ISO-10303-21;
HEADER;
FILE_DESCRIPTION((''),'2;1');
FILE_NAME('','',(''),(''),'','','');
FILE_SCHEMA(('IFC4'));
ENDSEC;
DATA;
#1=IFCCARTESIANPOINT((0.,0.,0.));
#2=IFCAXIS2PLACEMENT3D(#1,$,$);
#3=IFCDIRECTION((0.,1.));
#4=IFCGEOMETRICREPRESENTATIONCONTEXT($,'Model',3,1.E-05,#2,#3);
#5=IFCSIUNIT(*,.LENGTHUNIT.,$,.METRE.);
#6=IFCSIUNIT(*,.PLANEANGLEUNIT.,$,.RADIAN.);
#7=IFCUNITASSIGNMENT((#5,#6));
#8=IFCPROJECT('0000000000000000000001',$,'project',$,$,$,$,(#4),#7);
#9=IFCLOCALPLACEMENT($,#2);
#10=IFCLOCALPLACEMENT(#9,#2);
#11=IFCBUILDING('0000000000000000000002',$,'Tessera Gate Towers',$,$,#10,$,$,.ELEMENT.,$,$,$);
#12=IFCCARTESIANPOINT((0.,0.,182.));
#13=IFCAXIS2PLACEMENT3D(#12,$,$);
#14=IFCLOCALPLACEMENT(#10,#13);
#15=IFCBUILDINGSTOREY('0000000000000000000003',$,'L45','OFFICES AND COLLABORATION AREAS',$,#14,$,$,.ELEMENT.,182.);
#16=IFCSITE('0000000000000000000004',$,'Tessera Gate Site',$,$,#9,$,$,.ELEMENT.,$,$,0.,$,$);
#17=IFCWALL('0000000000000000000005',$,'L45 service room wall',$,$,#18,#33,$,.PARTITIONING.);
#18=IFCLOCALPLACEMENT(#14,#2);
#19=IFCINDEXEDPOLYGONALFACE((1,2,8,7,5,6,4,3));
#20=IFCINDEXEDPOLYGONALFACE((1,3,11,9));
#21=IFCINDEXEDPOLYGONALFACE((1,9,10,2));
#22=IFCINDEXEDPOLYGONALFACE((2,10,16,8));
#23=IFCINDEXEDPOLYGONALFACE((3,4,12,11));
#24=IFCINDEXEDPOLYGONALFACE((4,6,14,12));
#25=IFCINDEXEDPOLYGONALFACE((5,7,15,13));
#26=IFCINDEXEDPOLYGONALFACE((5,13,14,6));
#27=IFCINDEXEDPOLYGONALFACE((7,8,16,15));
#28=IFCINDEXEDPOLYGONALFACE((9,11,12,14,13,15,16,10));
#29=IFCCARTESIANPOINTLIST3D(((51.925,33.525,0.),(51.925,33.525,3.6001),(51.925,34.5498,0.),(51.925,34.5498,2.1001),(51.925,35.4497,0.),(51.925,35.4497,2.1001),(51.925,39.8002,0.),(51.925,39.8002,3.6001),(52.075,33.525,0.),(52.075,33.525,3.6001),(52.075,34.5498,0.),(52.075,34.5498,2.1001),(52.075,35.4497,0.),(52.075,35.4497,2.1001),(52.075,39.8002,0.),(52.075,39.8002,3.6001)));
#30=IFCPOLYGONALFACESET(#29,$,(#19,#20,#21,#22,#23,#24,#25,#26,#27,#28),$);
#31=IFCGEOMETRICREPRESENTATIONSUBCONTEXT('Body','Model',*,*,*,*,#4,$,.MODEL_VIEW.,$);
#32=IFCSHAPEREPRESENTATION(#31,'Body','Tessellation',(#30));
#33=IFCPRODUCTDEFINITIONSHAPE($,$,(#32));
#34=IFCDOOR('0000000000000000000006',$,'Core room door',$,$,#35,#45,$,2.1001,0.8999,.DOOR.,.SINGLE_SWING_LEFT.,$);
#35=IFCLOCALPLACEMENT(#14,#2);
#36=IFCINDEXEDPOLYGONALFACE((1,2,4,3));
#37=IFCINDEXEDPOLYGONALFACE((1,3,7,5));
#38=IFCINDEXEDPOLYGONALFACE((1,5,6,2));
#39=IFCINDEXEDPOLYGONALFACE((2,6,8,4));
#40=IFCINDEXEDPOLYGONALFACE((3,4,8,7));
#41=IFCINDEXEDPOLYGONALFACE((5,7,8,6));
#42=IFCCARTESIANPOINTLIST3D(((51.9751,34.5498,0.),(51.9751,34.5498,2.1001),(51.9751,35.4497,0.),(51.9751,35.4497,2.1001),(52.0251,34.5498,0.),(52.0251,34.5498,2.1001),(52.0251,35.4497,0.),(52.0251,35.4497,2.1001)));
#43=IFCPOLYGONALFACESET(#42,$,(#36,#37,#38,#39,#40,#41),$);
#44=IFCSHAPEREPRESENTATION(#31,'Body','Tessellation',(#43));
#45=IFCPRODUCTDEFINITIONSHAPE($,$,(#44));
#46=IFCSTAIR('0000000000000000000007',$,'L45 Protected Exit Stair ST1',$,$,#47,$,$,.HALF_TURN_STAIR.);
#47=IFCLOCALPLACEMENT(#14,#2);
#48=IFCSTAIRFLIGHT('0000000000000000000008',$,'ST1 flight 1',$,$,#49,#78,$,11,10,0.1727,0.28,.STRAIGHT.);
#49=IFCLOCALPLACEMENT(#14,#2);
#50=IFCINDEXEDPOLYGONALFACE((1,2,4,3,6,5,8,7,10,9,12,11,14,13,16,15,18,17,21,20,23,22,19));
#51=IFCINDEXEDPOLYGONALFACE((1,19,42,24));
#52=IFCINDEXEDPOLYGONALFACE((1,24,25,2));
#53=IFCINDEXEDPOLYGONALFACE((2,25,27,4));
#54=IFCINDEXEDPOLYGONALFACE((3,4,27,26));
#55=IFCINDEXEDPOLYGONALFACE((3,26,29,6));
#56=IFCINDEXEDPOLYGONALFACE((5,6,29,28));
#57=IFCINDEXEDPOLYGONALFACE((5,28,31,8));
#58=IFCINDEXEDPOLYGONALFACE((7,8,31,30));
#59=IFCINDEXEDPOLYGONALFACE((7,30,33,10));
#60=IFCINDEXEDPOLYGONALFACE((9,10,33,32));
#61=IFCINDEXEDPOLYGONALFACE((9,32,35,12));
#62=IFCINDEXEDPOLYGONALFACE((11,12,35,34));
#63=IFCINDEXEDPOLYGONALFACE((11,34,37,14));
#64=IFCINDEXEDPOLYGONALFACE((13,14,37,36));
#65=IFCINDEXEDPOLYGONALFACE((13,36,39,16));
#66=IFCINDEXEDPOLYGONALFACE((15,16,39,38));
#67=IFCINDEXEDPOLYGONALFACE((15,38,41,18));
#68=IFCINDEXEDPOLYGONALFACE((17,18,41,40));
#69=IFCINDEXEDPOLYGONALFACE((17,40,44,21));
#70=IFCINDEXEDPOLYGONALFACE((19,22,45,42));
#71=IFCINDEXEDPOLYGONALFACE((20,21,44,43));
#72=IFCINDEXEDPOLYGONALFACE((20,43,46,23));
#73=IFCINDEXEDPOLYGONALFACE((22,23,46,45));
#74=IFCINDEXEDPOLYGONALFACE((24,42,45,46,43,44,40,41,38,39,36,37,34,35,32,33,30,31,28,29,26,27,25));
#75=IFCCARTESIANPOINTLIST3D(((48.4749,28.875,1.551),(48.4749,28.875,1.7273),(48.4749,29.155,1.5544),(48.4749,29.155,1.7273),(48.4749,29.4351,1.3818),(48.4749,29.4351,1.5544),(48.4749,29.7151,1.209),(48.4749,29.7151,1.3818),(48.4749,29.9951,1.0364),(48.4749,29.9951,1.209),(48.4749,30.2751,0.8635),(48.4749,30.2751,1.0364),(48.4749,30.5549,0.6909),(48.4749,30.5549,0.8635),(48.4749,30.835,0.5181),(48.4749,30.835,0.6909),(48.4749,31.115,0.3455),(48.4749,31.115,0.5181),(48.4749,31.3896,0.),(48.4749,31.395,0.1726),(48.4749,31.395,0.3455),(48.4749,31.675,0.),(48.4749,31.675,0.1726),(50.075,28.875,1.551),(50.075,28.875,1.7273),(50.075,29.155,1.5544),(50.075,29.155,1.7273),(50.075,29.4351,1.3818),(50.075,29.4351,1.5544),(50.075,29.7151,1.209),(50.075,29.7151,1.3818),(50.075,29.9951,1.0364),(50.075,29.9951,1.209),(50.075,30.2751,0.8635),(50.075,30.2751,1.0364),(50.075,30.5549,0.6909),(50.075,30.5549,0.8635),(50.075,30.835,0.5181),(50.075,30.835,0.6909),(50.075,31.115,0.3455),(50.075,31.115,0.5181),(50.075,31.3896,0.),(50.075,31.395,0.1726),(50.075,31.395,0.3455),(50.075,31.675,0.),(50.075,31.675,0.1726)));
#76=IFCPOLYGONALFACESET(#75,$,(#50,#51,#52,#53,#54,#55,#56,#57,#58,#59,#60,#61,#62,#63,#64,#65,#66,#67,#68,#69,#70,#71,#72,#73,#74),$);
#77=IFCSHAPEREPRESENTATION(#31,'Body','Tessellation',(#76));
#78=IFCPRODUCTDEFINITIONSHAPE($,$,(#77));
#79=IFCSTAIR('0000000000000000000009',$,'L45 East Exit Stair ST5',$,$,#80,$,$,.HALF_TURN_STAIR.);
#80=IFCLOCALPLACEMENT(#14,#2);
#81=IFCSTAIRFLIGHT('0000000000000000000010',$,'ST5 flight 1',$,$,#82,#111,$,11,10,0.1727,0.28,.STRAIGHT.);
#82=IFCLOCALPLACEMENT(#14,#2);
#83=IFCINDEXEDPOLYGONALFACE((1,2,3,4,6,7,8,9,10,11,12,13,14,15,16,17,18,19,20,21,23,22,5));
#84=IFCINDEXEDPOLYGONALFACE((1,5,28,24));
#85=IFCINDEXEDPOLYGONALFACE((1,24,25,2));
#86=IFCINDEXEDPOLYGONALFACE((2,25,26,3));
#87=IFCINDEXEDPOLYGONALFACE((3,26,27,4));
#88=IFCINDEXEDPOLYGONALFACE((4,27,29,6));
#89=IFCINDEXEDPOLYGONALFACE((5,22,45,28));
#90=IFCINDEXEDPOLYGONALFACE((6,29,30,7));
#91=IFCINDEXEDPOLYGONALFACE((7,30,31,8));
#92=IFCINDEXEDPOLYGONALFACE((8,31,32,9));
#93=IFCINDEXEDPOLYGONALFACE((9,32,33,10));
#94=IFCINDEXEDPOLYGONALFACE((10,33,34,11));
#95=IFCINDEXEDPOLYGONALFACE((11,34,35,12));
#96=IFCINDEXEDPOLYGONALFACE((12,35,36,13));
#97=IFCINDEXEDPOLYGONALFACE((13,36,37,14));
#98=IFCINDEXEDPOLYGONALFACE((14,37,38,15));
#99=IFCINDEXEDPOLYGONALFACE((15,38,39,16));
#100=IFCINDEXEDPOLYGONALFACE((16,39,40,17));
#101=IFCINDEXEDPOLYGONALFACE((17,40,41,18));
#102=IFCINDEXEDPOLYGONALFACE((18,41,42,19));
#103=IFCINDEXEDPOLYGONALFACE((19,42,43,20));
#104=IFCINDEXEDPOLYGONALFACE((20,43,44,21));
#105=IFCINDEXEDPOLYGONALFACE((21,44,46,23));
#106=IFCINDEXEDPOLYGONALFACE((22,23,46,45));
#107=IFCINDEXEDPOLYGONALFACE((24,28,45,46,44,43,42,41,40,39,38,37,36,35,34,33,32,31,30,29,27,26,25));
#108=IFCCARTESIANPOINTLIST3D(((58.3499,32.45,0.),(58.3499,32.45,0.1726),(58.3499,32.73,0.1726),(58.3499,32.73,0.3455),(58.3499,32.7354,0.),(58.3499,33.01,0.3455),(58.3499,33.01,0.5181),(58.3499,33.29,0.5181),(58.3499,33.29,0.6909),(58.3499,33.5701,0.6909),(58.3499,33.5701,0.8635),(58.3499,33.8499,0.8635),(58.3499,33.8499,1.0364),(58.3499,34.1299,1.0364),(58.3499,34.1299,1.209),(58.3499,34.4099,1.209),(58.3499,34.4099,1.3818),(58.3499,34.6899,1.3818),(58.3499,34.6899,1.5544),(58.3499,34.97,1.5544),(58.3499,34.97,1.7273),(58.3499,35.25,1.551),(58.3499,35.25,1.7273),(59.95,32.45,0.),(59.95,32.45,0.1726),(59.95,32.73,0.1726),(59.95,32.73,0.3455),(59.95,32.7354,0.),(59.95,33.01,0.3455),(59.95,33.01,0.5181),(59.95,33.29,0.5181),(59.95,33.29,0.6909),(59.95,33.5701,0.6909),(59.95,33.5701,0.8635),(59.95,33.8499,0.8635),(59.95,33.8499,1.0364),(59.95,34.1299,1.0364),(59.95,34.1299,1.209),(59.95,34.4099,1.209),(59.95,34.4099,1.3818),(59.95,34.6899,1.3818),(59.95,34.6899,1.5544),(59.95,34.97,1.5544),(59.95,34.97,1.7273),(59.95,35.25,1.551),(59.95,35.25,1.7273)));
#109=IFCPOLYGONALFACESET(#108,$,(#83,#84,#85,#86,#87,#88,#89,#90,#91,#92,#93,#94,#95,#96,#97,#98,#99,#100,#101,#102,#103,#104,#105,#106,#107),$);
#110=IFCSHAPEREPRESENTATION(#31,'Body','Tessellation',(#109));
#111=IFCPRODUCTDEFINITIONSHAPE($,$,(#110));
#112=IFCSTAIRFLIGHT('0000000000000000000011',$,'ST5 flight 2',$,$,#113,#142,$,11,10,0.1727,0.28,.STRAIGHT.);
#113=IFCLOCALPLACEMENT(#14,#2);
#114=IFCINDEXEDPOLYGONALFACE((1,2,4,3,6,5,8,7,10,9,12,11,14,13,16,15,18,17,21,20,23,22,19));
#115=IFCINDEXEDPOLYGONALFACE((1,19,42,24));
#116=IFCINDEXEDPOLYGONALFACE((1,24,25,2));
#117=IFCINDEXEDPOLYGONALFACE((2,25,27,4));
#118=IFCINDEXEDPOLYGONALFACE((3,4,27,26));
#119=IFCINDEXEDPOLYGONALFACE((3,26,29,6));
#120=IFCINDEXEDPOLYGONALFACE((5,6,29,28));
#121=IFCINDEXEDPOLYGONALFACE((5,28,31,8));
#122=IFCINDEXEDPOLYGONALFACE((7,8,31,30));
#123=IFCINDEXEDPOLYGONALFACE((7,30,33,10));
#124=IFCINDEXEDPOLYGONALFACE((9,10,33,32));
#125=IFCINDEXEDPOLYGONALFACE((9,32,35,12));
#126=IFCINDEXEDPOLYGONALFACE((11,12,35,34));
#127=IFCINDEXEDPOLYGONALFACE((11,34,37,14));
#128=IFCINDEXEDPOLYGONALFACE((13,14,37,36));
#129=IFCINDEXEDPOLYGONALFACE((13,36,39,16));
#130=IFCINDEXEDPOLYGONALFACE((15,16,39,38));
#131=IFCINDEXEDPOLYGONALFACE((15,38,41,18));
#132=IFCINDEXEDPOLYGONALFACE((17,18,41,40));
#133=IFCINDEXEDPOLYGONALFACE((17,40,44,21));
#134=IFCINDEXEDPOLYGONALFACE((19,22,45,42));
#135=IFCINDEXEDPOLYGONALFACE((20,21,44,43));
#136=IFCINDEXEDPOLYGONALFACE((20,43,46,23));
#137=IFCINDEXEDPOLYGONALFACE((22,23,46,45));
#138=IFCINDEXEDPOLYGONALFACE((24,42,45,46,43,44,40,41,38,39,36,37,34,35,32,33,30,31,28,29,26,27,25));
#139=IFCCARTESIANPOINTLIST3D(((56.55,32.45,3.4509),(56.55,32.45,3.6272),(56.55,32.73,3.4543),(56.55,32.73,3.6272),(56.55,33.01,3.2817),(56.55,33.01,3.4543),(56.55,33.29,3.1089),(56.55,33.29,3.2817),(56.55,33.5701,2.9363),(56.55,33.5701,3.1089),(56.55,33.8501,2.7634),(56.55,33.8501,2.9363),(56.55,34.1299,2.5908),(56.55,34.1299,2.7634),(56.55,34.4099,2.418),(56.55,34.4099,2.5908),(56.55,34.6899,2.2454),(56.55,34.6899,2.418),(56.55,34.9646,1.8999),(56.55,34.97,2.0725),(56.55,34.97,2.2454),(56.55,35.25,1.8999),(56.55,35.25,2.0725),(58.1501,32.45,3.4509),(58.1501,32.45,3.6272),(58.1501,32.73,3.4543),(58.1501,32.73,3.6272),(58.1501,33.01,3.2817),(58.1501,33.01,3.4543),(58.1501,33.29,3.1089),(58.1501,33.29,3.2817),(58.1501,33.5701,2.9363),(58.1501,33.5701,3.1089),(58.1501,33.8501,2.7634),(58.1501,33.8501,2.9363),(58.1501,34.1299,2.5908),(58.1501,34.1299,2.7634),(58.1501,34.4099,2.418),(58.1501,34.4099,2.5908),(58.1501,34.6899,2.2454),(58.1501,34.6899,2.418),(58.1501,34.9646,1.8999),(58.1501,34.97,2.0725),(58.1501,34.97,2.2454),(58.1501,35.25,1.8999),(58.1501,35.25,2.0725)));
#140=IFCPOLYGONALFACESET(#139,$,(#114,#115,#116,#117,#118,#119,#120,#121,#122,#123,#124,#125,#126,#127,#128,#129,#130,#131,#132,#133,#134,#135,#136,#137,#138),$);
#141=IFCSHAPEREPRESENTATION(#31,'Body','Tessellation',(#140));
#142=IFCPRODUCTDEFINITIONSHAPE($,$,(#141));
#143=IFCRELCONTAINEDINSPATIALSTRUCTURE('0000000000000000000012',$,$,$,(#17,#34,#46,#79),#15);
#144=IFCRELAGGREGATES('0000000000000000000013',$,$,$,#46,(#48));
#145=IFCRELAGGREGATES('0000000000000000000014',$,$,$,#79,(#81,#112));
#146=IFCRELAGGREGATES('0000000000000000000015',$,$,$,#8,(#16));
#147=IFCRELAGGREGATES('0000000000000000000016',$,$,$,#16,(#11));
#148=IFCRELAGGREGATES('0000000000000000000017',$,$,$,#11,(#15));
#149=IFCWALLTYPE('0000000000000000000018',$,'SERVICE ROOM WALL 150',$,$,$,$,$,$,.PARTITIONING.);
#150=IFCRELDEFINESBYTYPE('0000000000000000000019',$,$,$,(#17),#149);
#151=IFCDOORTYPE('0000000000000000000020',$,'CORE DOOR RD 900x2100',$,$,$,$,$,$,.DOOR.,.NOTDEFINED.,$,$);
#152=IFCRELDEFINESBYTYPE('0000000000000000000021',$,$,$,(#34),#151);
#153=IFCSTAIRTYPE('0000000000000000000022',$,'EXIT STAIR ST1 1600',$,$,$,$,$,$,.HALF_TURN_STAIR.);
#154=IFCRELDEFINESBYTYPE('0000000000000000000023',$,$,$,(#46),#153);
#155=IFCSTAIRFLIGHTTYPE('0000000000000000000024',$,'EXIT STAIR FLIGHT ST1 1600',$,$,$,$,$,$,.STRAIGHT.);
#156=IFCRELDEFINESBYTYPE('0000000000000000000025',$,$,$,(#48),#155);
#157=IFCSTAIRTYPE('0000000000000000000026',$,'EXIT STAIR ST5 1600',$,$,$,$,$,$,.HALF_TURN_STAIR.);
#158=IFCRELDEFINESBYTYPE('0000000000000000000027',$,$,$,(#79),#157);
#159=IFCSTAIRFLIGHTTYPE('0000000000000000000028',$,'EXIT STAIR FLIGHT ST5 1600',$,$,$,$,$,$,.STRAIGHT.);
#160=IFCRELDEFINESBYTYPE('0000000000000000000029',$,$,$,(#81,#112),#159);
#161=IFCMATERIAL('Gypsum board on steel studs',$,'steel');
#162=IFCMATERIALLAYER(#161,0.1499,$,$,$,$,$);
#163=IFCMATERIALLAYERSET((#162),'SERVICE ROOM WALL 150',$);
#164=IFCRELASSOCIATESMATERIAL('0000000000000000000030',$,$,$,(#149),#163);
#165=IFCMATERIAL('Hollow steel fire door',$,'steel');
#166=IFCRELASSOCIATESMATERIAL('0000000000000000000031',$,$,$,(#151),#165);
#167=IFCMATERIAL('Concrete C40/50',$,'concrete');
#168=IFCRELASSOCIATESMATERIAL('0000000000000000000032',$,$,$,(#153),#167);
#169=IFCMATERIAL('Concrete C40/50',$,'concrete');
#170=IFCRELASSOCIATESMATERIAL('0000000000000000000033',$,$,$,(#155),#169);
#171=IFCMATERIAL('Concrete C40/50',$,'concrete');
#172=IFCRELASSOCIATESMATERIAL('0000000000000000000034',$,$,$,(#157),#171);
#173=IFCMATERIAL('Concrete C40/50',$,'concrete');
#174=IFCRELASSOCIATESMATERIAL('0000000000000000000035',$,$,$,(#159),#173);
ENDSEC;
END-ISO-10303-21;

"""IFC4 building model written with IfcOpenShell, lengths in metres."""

from ifc_helpers import new_model, si_unit, direction, frame, frame_2d, origin, place, context, subcontext, project, spatial, polyline, rectangle, outline, extrude, source, transform, mapped, material, layer, layer_set, type_object, element, fill, aggregate, save


model = new_model("IFC4")

# Units and contexts
model_context = context("Model", 3, precision=1e-05, world=origin(), true_north=direction((0.0, 1.0)))
body_context = subcontext(model_context, "Body", "Model", "MODEL_VIEW")
ifc_project = project(units=[si_unit("LENGTHUNIT", "METRE"), si_unit("PLANEANGLEUNIT", "RADIAN")], contexts=[model_context])

# Site, building, storey
site_placement = place(None, origin())
site = spatial("IfcSite", under=ifc_project, at=site_placement, Name="Tessera Gate Site", CompositionType="ELEMENT", RefElevation=0.0)
building_placement = place(site_placement, origin())
building = spatial("IfcBuilding", under=site, at=building_placement, Name="Tessera Gate Towers", CompositionType="ELEMENT")
storey_placement = place(building_placement, frame((0.0, 0.0, 182.0)))
storey = spatial("IfcBuildingStorey", under=building, at=storey_placement, Name="L45", Description="OFFICES AND COLLABORATION AREAS", CompositionType="ELEMENT", Elevation=182.0)

# Wall, opening, door
shared_shape_1 = source(origin(), body_context, "Body", "SweptSolid", [
    extrude(rectangle(XDim=0.8999, YDim=2.1001, at=frame_2d((0.45, 1.05))), frame((0.0, 0.085, 0.0), z_axis=(0.0, -1.0, 0.0), x_axis=(1.0, 0.0, 0.0)), (0.0, 0.0, 1.0), 0.1699),
])
shared_shape_2 = source(origin(), body_context, "Body", "SweptSolid", [
    extrude(rectangle(XDim=0.8999, YDim=2.1001, at=frame_2d((0.45, 1.05))), frame((0.0, 0.0249, 0.0), z_axis=(0.0, -1.0, 0.0), x_axis=(1.0, 0.0, 0.0)), (0.0, 0.0, 1.0), 0.05),
])
ifc_material_1 = material(Name="Gypsum board on steel studs", Category="steel")
ifc_layer_1 = layer(ifc_material_1, 0.1499)
ifc_layer_set_1 = layer_set([ifc_layer_1], Name="SERVICE ROOM WALL 150")
wall_type_1 = type_object("IfcWallType", Name="SERVICE ROOM WALL 150", PredefinedType="PARTITIONING", material=ifc_layer_set_1)
wall_1_placement = place(storey_placement, frame((52.0, 33.5249, 0.0), z_axis=(0.0, 0.0, 1.0), x_axis=(0.0, 1.0, 0.0)))
wall_1 = element("IfcWall", 1, at=wall_1_placement, inside=storey, type_object=wall_type_1, Name="L45 service room wall", PredefinedType="PARTITIONING", context=body_context, shape_type="SweptSolid", body=[
    extrude(rectangle(XDim=6.2751, YDim=0.1499, at=frame_2d((3.1377, 0.0))), origin(), (0.0, 0.0, 1.0), 3.6001),
])
opening_1_placement = place(wall_1_placement, frame((1.0249, 0.0, 0.0)))
opening_1 = element("IfcOpeningElement", 2, at=opening_1_placement, cuts=wall_1, PredefinedType="OPENING", context=body_context, shape_type="MappedRepresentation", body=[
    mapped(shared_shape_1, transform((0.0, 0.0, 0.0), scale=1.0)),
])
ifc_material_2 = material(Name="Hollow steel fire door", Category="steel")
door_type_1 = type_object("IfcDoorType", Name="CORE DOOR RD 900x2100", OperationType="NOTDEFINED", PredefinedType="DOOR", material=ifc_material_2)
door_1_placement = place(opening_1_placement, origin())
door_1 = element("IfcDoor", 3, at=door_1_placement, inside=storey, type_object=door_type_1, Name="Core room door", OperationType="SINGLE_SWING_LEFT", OverallHeight=2.1001, OverallWidth=0.8999, PredefinedType="DOOR", context=body_context, shape_type="MappedRepresentation", body=[
    mapped(shared_shape_2, transform((0.0, 0.0, 0.0), scale=1.0)),
])
fill(opening_1, door_1)

# Stair, stair flight
ifc_material_3 = material(Name="Concrete C40/50", Category="concrete")
stair_type_1 = type_object("IfcStairType", Name="EXIT STAIR ST1 1600", PredefinedType="HALF_TURN_STAIR", material=ifc_material_3)
stair_1_placement = place(storey_placement, origin())
stair_1 = element("IfcStair", 4, at=stair_1_placement, inside=storey, type_object=stair_type_1, Name="L45 Protected Exit Stair ST1", PredefinedType="HALF_TURN_STAIR")
ifc_material_4 = material(Name="Concrete C40/50", Category="concrete")
stair_flight_type_1 = type_object("IfcStairFlightType", Name="EXIT STAIR FLIGHT ST1 1600", PredefinedType="STRAIGHT", material=ifc_material_4)
stair_flight_1_placement = place(storey_placement, frame((49.2749, 31.675, 0.0), z_axis=(0.0, 0.0, 1.0), x_axis=(0.0, -1.0, 0.0)))
stair_flight_1 = element("IfcStairFlight", 5, at=stair_flight_1_placement, type_object=stair_flight_type_1, Name="ST1 flight 1", NumberOfRisers=11, NumberOfTreads=10, PredefinedType="STRAIGHT", RiserHeight=0.1727, TreadLength=0.28, context=body_context, shape_type="SweptSolid", body=[
    extrude(outline(polyline([(0.0, 0.0), (0.0, 0.1726), (0.28, 0.1726), (0.28, 0.3455), (0.5601, 0.3455), (0.5601, 0.5181), (0.8401, 0.5181), (0.8401, 0.6909), (1.1201, 0.6909), (1.1201, 0.8635), (1.3999, 0.8635), (1.3999, 1.0364), (1.6799, 1.0364), (1.6799, 1.209), (1.96, 1.209), (1.96, 1.3818), (2.24, 1.3818), (2.24, 1.5544), (2.52, 1.5544), (2.52, 1.7273), (2.8, 1.7273), (2.8, 1.8999), (2.8, 1.551), (0.2854, 0.0), (0.0, 0.0)])), frame((0.0, 0.8, 0.0), z_axis=(0.0, -1.0, 0.0), x_axis=(1.0, 0.0, 0.0)), (0.0, 0.0, 1.0), 1.6001),
])
aggregate(stair_1, [stair_flight_1])

# Stair, stair flights
ifc_material_5 = material(Name="Concrete C40/50", Category="concrete")
stair_type_2 = type_object("IfcStairType", Name="EXIT STAIR ST5 1600", PredefinedType="HALF_TURN_STAIR", material=ifc_material_5)
stair_2_placement = place(storey_placement, origin())
stair_2 = element("IfcStair", 6, at=stair_2_placement, inside=storey, type_object=stair_type_2, Name="L45 East Exit Stair ST5", PredefinedType="HALF_TURN_STAIR")
ifc_material_6 = material(Name="Concrete C40/50", Category="concrete")
stair_flight_type_2 = type_object("IfcStairFlightType", Name="EXIT STAIR FLIGHT ST5 1600", PredefinedType="STRAIGHT", material=ifc_material_6)
stair_flight_2_placement = place(storey_placement, frame((59.1499, 32.45, 0.0), z_axis=(0.0, 0.0, 1.0), x_axis=(0.0, 1.0, 0.0)))
stair_flight_2 = element("IfcStairFlight", 7, at=stair_flight_2_placement, type_object=stair_flight_type_2, Name="ST5 flight 1", NumberOfRisers=11, NumberOfTreads=10, PredefinedType="STRAIGHT", RiserHeight=0.1727, TreadLength=0.28, context=body_context, shape_type="SweptSolid", body=[
    extrude(outline(polyline([(0.0, 0.0), (0.0, 0.1726), (0.28, 0.1726), (0.28, 0.3455), (0.5601, 0.3455), (0.5601, 0.5181), (0.8401, 0.5181), (0.8401, 0.6909), (1.1201, 0.6909), (1.1201, 0.8635), (1.3999, 0.8635), (1.3999, 1.0364), (1.6799, 1.0364), (1.6799, 1.209), (1.96, 1.209), (1.96, 1.3818), (2.24, 1.3818), (2.24, 1.5544), (2.52, 1.5544), (2.52, 1.7273), (2.8, 1.7273), (2.8, 1.8999), (2.8, 1.551), (0.2854, 0.0), (0.0, 0.0)])), frame((0.0, 0.8, 0.0), z_axis=(0.0, -1.0, 0.0), x_axis=(1.0, 0.0, 0.0)), (0.0, 0.0, 1.0), 1.6001),
])
stair_flight_3_placement = place(storey_placement, frame((57.3501, 35.25, 1.8999), z_axis=(0.0, 0.0, 1.0), x_axis=(0.0, -1.0, 0.0)))
stair_flight_3 = element("IfcStairFlight", 8, at=stair_flight_3_placement, type_object=stair_flight_type_2, Name="ST5 flight 2", NumberOfRisers=11, NumberOfTreads=10, PredefinedType="STRAIGHT", RiserHeight=0.1727, TreadLength=0.28, context=body_context, shape_type="SweptSolid", body=[
    extrude(outline(polyline([(0.0, 0.0), (0.0, 0.1726), (0.28, 0.1726), (0.28, 0.3455), (0.5601, 0.3455), (0.5601, 0.5181), (0.8401, 0.5181), (0.8401, 0.6909), (1.1201, 0.6909), (1.1201, 0.8635), (1.3999, 0.8635), (1.3999, 1.0364), (1.6799, 1.0364), (1.6799, 1.209), (1.96, 1.209), (1.96, 1.3818), (2.24, 1.3818), (2.24, 1.5544), (2.52, 1.5544), (2.52, 1.7273), (2.8, 1.7273), (2.8, 1.8999), (2.8, 1.551), (0.2854, 0.0), (0.0, 0.0)])), frame((0.0, 0.8, 0.0), z_axis=(0.0, -1.0, 0.0), x_axis=(1.0, 0.0, 0.0)), (0.0, 0.0, 1.0), 1.6001),
])
aggregate(stair_2, [stair_flight_2, stair_flight_3])

save(model, "model.ifc")
